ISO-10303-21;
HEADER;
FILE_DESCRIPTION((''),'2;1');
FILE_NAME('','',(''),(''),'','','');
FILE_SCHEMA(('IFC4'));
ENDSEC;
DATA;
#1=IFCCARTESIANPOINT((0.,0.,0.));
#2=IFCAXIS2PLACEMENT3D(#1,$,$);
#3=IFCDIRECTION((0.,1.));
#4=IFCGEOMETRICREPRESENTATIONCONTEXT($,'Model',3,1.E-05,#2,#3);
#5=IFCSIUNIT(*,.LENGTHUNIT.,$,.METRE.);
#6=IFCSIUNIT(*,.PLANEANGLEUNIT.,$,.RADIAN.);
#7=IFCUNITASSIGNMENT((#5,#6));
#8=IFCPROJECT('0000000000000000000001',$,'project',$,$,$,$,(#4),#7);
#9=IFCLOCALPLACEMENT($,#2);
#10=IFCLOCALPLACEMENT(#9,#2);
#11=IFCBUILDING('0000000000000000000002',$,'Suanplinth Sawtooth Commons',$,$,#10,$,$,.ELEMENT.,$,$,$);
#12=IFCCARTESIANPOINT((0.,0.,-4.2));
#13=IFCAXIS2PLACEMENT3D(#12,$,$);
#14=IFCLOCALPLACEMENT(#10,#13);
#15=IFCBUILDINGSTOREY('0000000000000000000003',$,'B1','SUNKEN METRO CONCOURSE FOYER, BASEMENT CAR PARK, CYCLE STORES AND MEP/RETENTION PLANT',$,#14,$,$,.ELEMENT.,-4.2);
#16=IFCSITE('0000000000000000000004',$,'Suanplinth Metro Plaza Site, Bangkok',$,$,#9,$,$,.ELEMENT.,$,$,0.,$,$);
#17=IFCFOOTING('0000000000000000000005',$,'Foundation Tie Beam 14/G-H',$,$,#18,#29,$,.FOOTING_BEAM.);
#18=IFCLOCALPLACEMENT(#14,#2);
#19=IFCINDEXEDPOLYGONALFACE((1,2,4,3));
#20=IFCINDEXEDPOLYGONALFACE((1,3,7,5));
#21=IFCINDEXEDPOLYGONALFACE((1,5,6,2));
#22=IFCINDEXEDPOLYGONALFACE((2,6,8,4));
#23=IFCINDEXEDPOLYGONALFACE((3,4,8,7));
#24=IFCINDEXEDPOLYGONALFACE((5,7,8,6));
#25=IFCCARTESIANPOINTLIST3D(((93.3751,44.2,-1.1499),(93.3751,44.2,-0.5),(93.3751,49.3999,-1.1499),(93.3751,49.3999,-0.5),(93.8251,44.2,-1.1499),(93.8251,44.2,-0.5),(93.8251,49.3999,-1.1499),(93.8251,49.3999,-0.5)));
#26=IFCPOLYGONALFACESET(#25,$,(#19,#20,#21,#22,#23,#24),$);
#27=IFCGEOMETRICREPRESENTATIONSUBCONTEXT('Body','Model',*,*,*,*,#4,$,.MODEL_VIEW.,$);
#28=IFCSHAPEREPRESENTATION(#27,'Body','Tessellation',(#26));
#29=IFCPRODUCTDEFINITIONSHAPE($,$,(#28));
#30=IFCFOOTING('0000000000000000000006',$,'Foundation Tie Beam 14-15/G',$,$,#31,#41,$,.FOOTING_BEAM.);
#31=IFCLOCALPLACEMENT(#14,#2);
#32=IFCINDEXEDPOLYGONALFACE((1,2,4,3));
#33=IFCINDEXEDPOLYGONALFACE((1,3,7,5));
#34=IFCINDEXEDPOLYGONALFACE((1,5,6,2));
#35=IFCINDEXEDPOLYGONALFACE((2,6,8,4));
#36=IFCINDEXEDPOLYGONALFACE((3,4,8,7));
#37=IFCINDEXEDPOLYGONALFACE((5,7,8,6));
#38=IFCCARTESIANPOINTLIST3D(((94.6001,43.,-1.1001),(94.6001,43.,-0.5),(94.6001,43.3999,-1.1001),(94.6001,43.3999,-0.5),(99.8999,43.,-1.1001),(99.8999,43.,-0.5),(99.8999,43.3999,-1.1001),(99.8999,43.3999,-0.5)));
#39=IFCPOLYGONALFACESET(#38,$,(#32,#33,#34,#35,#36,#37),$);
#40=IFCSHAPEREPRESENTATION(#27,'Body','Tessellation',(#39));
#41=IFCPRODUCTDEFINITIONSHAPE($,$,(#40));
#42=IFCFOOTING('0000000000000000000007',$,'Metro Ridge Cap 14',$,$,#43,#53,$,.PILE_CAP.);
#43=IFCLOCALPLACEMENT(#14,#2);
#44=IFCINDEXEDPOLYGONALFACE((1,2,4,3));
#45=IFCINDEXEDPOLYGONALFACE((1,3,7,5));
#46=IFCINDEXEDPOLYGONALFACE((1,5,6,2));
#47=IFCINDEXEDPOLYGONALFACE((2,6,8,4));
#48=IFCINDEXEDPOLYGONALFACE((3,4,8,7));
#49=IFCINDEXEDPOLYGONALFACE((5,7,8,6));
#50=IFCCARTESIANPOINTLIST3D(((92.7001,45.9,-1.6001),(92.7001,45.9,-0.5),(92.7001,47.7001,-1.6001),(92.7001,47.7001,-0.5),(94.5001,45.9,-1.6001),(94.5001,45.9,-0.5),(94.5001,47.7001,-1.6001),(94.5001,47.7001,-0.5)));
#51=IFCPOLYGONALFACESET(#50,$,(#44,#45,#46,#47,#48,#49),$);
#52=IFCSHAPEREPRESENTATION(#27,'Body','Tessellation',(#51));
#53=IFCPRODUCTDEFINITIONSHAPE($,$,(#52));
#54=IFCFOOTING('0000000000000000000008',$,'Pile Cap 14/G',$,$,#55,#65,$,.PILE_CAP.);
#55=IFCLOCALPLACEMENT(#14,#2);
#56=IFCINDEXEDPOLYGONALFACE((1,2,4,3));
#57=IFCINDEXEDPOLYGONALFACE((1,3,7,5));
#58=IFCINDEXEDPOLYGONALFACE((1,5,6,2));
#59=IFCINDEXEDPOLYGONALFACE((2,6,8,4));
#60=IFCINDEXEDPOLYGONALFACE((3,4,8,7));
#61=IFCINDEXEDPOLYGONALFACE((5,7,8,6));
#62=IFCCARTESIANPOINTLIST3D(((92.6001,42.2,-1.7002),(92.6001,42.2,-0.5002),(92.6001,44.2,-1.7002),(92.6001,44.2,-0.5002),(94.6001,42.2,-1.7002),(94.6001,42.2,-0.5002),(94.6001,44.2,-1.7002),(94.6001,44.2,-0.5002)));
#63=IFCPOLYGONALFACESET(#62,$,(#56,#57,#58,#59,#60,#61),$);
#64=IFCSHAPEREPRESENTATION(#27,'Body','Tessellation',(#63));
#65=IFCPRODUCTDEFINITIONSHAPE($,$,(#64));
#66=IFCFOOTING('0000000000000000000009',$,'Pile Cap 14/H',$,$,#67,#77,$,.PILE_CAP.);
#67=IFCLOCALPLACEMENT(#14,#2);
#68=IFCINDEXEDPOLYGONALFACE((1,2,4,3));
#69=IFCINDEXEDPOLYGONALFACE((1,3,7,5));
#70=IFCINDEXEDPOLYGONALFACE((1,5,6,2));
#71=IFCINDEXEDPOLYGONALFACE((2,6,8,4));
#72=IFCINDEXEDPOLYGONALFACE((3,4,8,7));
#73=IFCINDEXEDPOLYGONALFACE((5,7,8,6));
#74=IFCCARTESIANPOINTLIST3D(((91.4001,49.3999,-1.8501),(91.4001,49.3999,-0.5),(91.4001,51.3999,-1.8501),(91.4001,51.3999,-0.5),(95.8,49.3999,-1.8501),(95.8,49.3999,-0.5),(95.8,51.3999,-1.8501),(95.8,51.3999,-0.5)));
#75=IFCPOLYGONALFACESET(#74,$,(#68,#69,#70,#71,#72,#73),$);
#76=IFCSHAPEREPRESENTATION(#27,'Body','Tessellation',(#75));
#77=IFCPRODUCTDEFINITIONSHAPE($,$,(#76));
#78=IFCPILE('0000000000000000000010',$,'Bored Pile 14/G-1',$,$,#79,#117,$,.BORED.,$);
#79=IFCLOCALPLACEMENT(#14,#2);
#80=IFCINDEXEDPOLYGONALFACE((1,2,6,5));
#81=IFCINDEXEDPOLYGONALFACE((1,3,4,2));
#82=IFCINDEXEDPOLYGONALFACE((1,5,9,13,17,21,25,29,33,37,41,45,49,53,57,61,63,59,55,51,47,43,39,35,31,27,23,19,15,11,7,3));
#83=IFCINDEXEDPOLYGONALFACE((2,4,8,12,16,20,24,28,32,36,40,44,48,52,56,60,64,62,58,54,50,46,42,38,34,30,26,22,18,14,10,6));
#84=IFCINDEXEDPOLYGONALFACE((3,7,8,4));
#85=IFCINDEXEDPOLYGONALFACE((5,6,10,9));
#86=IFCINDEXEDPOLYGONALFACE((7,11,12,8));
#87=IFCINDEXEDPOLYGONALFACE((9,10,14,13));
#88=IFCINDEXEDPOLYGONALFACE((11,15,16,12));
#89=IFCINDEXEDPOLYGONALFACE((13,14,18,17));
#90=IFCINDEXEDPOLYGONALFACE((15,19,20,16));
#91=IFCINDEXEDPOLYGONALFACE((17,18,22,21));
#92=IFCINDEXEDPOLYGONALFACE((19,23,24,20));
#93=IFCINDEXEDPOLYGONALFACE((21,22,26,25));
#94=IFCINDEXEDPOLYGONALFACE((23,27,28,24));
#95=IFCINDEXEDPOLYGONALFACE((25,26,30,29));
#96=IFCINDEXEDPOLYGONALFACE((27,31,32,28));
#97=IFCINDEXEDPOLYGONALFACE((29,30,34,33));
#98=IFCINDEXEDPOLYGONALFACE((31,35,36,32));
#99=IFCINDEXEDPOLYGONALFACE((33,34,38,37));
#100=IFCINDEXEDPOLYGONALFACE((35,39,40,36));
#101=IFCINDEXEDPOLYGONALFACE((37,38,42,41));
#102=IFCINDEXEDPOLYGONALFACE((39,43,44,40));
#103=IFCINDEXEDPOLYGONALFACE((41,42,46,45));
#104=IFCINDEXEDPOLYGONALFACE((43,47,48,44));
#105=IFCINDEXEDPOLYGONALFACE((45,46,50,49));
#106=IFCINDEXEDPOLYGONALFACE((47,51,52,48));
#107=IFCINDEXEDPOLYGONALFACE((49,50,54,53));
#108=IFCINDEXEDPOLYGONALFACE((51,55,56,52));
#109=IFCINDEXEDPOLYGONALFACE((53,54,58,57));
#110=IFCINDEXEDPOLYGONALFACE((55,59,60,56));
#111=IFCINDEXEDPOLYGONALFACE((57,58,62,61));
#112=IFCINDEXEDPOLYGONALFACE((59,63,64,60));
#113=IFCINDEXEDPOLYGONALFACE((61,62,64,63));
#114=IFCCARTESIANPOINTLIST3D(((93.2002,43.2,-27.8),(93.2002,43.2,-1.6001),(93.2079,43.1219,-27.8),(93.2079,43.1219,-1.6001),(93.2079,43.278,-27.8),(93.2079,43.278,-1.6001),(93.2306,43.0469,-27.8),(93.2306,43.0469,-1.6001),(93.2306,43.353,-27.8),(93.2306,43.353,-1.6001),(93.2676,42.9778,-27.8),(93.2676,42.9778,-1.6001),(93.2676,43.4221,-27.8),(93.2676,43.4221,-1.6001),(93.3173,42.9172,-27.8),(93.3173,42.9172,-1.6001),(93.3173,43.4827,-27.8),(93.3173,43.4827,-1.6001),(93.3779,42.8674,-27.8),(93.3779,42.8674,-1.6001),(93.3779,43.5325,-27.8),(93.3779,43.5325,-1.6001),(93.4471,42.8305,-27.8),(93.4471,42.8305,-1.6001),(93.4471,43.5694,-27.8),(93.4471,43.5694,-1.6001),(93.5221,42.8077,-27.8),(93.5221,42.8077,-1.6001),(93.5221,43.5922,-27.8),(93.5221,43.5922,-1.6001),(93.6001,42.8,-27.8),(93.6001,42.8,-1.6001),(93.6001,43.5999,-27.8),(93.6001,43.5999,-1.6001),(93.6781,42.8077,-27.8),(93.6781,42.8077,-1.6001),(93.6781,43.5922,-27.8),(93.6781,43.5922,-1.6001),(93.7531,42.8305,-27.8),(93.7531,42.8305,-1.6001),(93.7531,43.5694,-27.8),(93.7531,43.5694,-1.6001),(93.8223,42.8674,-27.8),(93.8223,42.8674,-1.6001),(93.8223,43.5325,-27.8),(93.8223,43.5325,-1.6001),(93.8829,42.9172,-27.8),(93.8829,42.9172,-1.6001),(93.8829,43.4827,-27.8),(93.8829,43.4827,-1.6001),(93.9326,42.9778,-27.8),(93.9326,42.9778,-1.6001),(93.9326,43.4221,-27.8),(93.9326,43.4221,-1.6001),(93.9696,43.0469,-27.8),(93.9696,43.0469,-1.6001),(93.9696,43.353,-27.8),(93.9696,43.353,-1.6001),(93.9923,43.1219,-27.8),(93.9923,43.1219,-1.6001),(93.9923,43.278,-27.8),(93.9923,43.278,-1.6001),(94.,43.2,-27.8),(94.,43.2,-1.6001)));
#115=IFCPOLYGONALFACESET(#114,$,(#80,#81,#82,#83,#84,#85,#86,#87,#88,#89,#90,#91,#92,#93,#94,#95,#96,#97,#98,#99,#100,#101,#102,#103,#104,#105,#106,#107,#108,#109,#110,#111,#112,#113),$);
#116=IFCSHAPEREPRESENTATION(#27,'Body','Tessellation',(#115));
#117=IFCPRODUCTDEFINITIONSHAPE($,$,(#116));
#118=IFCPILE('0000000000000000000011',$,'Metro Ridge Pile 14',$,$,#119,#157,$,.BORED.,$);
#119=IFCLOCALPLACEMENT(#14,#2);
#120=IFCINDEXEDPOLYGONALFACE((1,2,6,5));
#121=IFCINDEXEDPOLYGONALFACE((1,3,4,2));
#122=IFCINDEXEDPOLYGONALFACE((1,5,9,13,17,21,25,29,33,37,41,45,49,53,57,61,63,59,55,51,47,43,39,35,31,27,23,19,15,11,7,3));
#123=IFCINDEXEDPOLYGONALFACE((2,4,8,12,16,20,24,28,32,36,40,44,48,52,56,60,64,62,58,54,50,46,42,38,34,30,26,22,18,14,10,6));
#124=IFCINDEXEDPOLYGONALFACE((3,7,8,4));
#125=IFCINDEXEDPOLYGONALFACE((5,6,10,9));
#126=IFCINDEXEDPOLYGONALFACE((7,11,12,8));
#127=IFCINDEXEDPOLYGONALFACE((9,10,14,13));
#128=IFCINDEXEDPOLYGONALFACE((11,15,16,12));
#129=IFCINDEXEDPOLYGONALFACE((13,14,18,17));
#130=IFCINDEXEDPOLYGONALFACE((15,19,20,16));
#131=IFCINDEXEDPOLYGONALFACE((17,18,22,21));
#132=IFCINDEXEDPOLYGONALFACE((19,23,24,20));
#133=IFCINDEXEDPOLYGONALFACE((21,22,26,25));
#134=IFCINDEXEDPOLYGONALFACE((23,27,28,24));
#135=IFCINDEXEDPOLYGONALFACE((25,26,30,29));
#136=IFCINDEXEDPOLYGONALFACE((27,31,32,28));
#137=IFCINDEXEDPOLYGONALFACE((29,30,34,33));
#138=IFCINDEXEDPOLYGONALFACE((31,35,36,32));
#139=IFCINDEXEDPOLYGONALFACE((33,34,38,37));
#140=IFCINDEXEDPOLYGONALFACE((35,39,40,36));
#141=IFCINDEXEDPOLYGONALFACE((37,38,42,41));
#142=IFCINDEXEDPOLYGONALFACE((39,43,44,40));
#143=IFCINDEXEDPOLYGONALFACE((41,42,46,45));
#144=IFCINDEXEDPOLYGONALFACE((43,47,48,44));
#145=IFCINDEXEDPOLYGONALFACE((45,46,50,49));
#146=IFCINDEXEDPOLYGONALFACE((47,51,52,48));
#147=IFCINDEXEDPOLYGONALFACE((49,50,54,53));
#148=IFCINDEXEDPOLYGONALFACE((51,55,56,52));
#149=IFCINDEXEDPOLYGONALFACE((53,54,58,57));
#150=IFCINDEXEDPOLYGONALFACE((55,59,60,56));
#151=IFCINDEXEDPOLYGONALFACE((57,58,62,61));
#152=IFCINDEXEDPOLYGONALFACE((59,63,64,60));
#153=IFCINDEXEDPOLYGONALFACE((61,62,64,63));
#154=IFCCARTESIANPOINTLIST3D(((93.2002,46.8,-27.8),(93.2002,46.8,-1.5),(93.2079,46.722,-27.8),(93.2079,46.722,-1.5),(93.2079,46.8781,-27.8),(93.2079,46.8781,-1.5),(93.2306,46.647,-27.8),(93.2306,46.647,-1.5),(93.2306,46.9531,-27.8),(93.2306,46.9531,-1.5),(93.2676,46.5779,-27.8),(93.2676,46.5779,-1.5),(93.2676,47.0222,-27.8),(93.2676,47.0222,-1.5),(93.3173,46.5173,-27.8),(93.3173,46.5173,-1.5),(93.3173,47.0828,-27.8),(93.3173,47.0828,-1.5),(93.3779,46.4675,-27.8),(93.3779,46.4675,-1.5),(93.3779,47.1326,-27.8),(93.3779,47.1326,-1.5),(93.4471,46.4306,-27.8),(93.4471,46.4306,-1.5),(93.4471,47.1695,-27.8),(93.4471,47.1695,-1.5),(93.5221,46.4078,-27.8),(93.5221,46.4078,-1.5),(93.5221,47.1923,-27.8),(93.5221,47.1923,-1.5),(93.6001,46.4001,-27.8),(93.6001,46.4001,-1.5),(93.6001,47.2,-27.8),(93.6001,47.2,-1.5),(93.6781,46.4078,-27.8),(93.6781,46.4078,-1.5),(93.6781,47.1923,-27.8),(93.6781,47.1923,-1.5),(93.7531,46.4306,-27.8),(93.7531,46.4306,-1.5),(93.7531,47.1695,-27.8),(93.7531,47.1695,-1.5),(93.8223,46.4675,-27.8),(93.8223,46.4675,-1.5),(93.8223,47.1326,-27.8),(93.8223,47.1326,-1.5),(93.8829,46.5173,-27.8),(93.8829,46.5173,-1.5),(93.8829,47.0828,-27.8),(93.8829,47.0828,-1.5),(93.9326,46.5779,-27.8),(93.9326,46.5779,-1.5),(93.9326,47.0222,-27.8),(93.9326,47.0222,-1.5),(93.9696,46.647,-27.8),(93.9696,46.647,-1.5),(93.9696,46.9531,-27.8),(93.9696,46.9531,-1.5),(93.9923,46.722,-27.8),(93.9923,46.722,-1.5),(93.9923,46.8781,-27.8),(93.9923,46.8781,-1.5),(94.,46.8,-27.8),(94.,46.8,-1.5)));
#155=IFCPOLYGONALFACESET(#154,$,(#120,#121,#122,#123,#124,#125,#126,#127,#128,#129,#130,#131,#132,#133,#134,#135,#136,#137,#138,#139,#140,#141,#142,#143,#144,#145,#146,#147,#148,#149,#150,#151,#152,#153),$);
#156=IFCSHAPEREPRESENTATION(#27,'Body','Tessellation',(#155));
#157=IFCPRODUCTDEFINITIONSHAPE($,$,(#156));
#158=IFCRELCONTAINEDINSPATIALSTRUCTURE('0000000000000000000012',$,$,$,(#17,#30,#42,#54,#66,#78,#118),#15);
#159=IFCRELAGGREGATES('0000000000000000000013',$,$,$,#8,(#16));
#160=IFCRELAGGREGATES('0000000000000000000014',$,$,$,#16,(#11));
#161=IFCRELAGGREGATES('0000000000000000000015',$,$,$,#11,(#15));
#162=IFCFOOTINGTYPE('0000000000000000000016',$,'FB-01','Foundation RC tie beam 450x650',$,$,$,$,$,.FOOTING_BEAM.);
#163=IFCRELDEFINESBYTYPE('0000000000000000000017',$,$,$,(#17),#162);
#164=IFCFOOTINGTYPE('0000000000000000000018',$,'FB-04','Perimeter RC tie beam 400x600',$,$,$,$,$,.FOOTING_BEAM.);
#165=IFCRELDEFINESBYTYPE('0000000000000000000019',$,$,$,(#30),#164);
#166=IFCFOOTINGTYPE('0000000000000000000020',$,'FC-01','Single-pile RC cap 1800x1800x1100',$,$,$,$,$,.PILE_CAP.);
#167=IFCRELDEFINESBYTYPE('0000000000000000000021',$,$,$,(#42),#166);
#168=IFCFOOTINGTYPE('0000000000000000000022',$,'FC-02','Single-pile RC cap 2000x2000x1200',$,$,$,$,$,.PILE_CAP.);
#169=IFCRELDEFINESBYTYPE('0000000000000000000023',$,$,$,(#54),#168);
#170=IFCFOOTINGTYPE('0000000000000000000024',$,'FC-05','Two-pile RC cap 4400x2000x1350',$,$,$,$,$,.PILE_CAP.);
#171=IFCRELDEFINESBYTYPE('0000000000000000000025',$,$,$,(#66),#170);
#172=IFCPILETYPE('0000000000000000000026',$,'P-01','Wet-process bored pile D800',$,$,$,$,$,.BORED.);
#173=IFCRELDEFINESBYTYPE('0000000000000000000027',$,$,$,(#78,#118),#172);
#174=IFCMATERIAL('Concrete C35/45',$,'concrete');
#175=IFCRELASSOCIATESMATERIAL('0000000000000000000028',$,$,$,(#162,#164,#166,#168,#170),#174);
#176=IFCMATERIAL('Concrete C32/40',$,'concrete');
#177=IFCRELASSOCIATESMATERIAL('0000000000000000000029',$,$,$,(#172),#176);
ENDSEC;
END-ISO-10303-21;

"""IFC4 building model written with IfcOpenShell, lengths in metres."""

from ifc_helpers import new_model, si_unit, direction, frame, origin, origin_2d, place, context, subcontext, project, spatial, rectangle, circle, extrude, material, material_profile, profile_set, type_object, element, save


model = new_model("IFC4")

# Units and contexts
model_context = context("Model", 3, precision=1e-05, world=origin(), true_north=direction((0.0, 1.0)))
body_context = subcontext(model_context, "Body", "Model", "MODEL_VIEW")
ifc_project = project(units=[si_unit("LENGTHUNIT", "METRE"), si_unit("PLANEANGLEUNIT", "RADIAN")], contexts=[model_context])

# Site, building, storey
site_placement = place(None, origin())
site = spatial("IfcSite", under=ifc_project, at=site_placement, Name="Suanplinth Metro Plaza Site, Bangkok", CompositionType="ELEMENT", RefElevation=0.0)
building_placement = place(site_placement, origin())
building = spatial("IfcBuilding", under=site, at=building_placement, Name="Suanplinth Sawtooth Commons", CompositionType="ELEMENT")
storey_placement = place(building_placement, frame((0.0, 0.0, -4.2)))
storey = spatial("IfcBuildingStorey", under=building, at=storey_placement, Name="B1", Description="SUNKEN METRO CONCOURSE FOYER, BASEMENT CAR PARK, CYCLE STORES AND MEP/RETENTION PLANT", CompositionType="ELEMENT", Elevation=-4.2)

# Footings
ifc_material_1 = material(Name="Concrete C35/45", Category="concrete")
ifc_material_profile_1 = material_profile(ifc_material_1, rectangle(XDim=0.45, YDim=0.6499, at=origin_2d()), Name="PC-GDR 450x650")
ifc_profile_set_1 = profile_set([ifc_material_profile_1], Name="Concrete C35/45")
footing_type_1 = type_object("IfcFootingType", Name="FB-01", Description="Foundation RC tie beam 450x650", PredefinedType="FOOTING_BEAM", material=ifc_profile_set_1)
footing_1_placement = place(storey_placement, frame((93.6001, 44.2, -0.825), z_axis=(0.0, 1.0, 0.0), x_axis=(-1.0, 0.0, 0.0)))
element("IfcFooting", 1, at=footing_1_placement, inside=storey, type_object=footing_type_1, Name="Foundation Tie Beam 14/G-H", PredefinedType="FOOTING_BEAM", context=body_context, shape_type="SweptSolid", body=[
    extrude(rectangle(XDim=0.45, YDim=0.6499, at=origin_2d()), origin(), (0.0, 0.0, 1.0), 5.2),
])
ifc_material_profile_2 = material_profile(ifc_material_1, rectangle(XDim=0.3999, YDim=0.6001, at=origin_2d()), Name="PC-GDR 400x600")
ifc_profile_set_2 = profile_set([ifc_material_profile_2], Name="Concrete C35/45")
footing_type_2 = type_object("IfcFootingType", Name="FB-04", Description="Perimeter RC tie beam 400x600", PredefinedType="FOOTING_BEAM", material=ifc_profile_set_2)
footing_2_placement = place(storey_placement, frame((94.6001, 43.2, -0.8), z_axis=(1.0, 0.0, 0.0), x_axis=(0.0, 1.0, 0.0)))
element("IfcFooting", 2, at=footing_2_placement, inside=storey, type_object=footing_type_2, Name="Foundation Tie Beam 14-15/G", PredefinedType="FOOTING_BEAM", context=body_context, shape_type="SweptSolid", body=[
    extrude(rectangle(XDim=0.3999, YDim=0.6001, at=origin_2d()), origin(), (0.0, 0.0, 1.0), 5.2998),
])
footing_type_3 = type_object("IfcFootingType", Name="FC-01", Description="Single-pile RC cap 1800x1800x1100", PredefinedType="PILE_CAP", material=ifc_material_1)
footing_3_placement = place(storey_placement, frame((93.6001, 46.8, -1.6001), z_axis=(0.0, 0.0, 1.0), x_axis=(1.0, 0.0, 0.0)))
element("IfcFooting", 3, at=footing_3_placement, inside=storey, type_object=footing_type_3, Name="Metro Ridge Cap 14", PredefinedType="PILE_CAP", context=body_context, shape_type="SweptSolid", body=[
    extrude(rectangle(XDim=1.8, YDim=1.8, at=origin_2d()), origin(), (0.0, 0.0, 1.0), 1.1001),
])
footing_type_4 = type_object("IfcFootingType", Name="FC-02", Description="Single-pile RC cap 2000x2000x1200", PredefinedType="PILE_CAP", material=ifc_material_1)
footing_4_placement = place(storey_placement, frame((93.6001, 43.2, -1.7002), z_axis=(0.0, 0.0, 1.0), x_axis=(1.0, 0.0, 0.0)))
element("IfcFooting", 4, at=footing_4_placement, inside=storey, type_object=footing_type_4, Name="Pile Cap 14/G", PredefinedType="PILE_CAP", context=body_context, shape_type="SweptSolid", body=[
    extrude(rectangle(XDim=2.0, YDim=2.0, at=origin_2d()), origin(), (0.0, 0.0, 1.0), 1.2),
])
footing_type_5 = type_object("IfcFootingType", Name="FC-05", Description="Two-pile RC cap 4400x2000x1350", PredefinedType="PILE_CAP", material=ifc_material_1)
footing_5_placement = place(storey_placement, frame((93.6001, 50.3999, -1.8501), z_axis=(0.0, 0.0, 1.0), x_axis=(1.0, 0.0, 0.0)))
element("IfcFooting", 5, at=footing_5_placement, inside=storey, type_object=footing_type_5, Name="Pile Cap 14/H", PredefinedType="PILE_CAP", context=body_context, shape_type="SweptSolid", body=[
    extrude(rectangle(XDim=4.3999, YDim=2.0, at=origin_2d()), origin(), (0.0, 0.0, 1.0), 1.3501),
])

# Piles
ifc_material_2 = material(Name="Concrete C32/40", Category="concrete")
ifc_material_profile_3 = material_profile(ifc_material_2, circle(Radius=0.3999, at=origin_2d()), Name="PILE D800")
ifc_profile_set_3 = profile_set([ifc_material_profile_3], Name="Concrete C32/40")
pile_type_1 = type_object("IfcPileType", Name="P-01", Description="Wet-process bored pile D800", PredefinedType="BORED", material=ifc_profile_set_3)
pile_1_placement = place(storey_placement, frame((93.6001, 43.2, -1.6001), z_axis=(0.0, 0.0, -1.0), x_axis=(1.0, 0.0, 0.0)))
element("IfcPile", 6, at=pile_1_placement, inside=storey, type_object=pile_type_1, Name="Bored Pile 14/G-1", PredefinedType="BORED", context=body_context, shape_type="SweptSolid", body=[
    extrude(circle(Radius=0.3999, at=origin_2d()), origin(), (0.0, 0.0, 1.0), 26.2),
])
pile_2_placement = place(storey_placement, frame((93.6001, 46.8, -1.5), z_axis=(0.0, 0.0, -1.0), x_axis=(1.0, 0.0, 0.0)))
element("IfcPile", 7, at=pile_2_placement, inside=storey, type_object=pile_type_1, Name="Metro Ridge Pile 14", PredefinedType="BORED", context=body_context, shape_type="SweptSolid", body=[
    extrude(circle(Radius=0.3999, at=origin_2d()), origin(), (0.0, 0.0, 1.0), 26.3),
])

save(model, "model.ifc")
